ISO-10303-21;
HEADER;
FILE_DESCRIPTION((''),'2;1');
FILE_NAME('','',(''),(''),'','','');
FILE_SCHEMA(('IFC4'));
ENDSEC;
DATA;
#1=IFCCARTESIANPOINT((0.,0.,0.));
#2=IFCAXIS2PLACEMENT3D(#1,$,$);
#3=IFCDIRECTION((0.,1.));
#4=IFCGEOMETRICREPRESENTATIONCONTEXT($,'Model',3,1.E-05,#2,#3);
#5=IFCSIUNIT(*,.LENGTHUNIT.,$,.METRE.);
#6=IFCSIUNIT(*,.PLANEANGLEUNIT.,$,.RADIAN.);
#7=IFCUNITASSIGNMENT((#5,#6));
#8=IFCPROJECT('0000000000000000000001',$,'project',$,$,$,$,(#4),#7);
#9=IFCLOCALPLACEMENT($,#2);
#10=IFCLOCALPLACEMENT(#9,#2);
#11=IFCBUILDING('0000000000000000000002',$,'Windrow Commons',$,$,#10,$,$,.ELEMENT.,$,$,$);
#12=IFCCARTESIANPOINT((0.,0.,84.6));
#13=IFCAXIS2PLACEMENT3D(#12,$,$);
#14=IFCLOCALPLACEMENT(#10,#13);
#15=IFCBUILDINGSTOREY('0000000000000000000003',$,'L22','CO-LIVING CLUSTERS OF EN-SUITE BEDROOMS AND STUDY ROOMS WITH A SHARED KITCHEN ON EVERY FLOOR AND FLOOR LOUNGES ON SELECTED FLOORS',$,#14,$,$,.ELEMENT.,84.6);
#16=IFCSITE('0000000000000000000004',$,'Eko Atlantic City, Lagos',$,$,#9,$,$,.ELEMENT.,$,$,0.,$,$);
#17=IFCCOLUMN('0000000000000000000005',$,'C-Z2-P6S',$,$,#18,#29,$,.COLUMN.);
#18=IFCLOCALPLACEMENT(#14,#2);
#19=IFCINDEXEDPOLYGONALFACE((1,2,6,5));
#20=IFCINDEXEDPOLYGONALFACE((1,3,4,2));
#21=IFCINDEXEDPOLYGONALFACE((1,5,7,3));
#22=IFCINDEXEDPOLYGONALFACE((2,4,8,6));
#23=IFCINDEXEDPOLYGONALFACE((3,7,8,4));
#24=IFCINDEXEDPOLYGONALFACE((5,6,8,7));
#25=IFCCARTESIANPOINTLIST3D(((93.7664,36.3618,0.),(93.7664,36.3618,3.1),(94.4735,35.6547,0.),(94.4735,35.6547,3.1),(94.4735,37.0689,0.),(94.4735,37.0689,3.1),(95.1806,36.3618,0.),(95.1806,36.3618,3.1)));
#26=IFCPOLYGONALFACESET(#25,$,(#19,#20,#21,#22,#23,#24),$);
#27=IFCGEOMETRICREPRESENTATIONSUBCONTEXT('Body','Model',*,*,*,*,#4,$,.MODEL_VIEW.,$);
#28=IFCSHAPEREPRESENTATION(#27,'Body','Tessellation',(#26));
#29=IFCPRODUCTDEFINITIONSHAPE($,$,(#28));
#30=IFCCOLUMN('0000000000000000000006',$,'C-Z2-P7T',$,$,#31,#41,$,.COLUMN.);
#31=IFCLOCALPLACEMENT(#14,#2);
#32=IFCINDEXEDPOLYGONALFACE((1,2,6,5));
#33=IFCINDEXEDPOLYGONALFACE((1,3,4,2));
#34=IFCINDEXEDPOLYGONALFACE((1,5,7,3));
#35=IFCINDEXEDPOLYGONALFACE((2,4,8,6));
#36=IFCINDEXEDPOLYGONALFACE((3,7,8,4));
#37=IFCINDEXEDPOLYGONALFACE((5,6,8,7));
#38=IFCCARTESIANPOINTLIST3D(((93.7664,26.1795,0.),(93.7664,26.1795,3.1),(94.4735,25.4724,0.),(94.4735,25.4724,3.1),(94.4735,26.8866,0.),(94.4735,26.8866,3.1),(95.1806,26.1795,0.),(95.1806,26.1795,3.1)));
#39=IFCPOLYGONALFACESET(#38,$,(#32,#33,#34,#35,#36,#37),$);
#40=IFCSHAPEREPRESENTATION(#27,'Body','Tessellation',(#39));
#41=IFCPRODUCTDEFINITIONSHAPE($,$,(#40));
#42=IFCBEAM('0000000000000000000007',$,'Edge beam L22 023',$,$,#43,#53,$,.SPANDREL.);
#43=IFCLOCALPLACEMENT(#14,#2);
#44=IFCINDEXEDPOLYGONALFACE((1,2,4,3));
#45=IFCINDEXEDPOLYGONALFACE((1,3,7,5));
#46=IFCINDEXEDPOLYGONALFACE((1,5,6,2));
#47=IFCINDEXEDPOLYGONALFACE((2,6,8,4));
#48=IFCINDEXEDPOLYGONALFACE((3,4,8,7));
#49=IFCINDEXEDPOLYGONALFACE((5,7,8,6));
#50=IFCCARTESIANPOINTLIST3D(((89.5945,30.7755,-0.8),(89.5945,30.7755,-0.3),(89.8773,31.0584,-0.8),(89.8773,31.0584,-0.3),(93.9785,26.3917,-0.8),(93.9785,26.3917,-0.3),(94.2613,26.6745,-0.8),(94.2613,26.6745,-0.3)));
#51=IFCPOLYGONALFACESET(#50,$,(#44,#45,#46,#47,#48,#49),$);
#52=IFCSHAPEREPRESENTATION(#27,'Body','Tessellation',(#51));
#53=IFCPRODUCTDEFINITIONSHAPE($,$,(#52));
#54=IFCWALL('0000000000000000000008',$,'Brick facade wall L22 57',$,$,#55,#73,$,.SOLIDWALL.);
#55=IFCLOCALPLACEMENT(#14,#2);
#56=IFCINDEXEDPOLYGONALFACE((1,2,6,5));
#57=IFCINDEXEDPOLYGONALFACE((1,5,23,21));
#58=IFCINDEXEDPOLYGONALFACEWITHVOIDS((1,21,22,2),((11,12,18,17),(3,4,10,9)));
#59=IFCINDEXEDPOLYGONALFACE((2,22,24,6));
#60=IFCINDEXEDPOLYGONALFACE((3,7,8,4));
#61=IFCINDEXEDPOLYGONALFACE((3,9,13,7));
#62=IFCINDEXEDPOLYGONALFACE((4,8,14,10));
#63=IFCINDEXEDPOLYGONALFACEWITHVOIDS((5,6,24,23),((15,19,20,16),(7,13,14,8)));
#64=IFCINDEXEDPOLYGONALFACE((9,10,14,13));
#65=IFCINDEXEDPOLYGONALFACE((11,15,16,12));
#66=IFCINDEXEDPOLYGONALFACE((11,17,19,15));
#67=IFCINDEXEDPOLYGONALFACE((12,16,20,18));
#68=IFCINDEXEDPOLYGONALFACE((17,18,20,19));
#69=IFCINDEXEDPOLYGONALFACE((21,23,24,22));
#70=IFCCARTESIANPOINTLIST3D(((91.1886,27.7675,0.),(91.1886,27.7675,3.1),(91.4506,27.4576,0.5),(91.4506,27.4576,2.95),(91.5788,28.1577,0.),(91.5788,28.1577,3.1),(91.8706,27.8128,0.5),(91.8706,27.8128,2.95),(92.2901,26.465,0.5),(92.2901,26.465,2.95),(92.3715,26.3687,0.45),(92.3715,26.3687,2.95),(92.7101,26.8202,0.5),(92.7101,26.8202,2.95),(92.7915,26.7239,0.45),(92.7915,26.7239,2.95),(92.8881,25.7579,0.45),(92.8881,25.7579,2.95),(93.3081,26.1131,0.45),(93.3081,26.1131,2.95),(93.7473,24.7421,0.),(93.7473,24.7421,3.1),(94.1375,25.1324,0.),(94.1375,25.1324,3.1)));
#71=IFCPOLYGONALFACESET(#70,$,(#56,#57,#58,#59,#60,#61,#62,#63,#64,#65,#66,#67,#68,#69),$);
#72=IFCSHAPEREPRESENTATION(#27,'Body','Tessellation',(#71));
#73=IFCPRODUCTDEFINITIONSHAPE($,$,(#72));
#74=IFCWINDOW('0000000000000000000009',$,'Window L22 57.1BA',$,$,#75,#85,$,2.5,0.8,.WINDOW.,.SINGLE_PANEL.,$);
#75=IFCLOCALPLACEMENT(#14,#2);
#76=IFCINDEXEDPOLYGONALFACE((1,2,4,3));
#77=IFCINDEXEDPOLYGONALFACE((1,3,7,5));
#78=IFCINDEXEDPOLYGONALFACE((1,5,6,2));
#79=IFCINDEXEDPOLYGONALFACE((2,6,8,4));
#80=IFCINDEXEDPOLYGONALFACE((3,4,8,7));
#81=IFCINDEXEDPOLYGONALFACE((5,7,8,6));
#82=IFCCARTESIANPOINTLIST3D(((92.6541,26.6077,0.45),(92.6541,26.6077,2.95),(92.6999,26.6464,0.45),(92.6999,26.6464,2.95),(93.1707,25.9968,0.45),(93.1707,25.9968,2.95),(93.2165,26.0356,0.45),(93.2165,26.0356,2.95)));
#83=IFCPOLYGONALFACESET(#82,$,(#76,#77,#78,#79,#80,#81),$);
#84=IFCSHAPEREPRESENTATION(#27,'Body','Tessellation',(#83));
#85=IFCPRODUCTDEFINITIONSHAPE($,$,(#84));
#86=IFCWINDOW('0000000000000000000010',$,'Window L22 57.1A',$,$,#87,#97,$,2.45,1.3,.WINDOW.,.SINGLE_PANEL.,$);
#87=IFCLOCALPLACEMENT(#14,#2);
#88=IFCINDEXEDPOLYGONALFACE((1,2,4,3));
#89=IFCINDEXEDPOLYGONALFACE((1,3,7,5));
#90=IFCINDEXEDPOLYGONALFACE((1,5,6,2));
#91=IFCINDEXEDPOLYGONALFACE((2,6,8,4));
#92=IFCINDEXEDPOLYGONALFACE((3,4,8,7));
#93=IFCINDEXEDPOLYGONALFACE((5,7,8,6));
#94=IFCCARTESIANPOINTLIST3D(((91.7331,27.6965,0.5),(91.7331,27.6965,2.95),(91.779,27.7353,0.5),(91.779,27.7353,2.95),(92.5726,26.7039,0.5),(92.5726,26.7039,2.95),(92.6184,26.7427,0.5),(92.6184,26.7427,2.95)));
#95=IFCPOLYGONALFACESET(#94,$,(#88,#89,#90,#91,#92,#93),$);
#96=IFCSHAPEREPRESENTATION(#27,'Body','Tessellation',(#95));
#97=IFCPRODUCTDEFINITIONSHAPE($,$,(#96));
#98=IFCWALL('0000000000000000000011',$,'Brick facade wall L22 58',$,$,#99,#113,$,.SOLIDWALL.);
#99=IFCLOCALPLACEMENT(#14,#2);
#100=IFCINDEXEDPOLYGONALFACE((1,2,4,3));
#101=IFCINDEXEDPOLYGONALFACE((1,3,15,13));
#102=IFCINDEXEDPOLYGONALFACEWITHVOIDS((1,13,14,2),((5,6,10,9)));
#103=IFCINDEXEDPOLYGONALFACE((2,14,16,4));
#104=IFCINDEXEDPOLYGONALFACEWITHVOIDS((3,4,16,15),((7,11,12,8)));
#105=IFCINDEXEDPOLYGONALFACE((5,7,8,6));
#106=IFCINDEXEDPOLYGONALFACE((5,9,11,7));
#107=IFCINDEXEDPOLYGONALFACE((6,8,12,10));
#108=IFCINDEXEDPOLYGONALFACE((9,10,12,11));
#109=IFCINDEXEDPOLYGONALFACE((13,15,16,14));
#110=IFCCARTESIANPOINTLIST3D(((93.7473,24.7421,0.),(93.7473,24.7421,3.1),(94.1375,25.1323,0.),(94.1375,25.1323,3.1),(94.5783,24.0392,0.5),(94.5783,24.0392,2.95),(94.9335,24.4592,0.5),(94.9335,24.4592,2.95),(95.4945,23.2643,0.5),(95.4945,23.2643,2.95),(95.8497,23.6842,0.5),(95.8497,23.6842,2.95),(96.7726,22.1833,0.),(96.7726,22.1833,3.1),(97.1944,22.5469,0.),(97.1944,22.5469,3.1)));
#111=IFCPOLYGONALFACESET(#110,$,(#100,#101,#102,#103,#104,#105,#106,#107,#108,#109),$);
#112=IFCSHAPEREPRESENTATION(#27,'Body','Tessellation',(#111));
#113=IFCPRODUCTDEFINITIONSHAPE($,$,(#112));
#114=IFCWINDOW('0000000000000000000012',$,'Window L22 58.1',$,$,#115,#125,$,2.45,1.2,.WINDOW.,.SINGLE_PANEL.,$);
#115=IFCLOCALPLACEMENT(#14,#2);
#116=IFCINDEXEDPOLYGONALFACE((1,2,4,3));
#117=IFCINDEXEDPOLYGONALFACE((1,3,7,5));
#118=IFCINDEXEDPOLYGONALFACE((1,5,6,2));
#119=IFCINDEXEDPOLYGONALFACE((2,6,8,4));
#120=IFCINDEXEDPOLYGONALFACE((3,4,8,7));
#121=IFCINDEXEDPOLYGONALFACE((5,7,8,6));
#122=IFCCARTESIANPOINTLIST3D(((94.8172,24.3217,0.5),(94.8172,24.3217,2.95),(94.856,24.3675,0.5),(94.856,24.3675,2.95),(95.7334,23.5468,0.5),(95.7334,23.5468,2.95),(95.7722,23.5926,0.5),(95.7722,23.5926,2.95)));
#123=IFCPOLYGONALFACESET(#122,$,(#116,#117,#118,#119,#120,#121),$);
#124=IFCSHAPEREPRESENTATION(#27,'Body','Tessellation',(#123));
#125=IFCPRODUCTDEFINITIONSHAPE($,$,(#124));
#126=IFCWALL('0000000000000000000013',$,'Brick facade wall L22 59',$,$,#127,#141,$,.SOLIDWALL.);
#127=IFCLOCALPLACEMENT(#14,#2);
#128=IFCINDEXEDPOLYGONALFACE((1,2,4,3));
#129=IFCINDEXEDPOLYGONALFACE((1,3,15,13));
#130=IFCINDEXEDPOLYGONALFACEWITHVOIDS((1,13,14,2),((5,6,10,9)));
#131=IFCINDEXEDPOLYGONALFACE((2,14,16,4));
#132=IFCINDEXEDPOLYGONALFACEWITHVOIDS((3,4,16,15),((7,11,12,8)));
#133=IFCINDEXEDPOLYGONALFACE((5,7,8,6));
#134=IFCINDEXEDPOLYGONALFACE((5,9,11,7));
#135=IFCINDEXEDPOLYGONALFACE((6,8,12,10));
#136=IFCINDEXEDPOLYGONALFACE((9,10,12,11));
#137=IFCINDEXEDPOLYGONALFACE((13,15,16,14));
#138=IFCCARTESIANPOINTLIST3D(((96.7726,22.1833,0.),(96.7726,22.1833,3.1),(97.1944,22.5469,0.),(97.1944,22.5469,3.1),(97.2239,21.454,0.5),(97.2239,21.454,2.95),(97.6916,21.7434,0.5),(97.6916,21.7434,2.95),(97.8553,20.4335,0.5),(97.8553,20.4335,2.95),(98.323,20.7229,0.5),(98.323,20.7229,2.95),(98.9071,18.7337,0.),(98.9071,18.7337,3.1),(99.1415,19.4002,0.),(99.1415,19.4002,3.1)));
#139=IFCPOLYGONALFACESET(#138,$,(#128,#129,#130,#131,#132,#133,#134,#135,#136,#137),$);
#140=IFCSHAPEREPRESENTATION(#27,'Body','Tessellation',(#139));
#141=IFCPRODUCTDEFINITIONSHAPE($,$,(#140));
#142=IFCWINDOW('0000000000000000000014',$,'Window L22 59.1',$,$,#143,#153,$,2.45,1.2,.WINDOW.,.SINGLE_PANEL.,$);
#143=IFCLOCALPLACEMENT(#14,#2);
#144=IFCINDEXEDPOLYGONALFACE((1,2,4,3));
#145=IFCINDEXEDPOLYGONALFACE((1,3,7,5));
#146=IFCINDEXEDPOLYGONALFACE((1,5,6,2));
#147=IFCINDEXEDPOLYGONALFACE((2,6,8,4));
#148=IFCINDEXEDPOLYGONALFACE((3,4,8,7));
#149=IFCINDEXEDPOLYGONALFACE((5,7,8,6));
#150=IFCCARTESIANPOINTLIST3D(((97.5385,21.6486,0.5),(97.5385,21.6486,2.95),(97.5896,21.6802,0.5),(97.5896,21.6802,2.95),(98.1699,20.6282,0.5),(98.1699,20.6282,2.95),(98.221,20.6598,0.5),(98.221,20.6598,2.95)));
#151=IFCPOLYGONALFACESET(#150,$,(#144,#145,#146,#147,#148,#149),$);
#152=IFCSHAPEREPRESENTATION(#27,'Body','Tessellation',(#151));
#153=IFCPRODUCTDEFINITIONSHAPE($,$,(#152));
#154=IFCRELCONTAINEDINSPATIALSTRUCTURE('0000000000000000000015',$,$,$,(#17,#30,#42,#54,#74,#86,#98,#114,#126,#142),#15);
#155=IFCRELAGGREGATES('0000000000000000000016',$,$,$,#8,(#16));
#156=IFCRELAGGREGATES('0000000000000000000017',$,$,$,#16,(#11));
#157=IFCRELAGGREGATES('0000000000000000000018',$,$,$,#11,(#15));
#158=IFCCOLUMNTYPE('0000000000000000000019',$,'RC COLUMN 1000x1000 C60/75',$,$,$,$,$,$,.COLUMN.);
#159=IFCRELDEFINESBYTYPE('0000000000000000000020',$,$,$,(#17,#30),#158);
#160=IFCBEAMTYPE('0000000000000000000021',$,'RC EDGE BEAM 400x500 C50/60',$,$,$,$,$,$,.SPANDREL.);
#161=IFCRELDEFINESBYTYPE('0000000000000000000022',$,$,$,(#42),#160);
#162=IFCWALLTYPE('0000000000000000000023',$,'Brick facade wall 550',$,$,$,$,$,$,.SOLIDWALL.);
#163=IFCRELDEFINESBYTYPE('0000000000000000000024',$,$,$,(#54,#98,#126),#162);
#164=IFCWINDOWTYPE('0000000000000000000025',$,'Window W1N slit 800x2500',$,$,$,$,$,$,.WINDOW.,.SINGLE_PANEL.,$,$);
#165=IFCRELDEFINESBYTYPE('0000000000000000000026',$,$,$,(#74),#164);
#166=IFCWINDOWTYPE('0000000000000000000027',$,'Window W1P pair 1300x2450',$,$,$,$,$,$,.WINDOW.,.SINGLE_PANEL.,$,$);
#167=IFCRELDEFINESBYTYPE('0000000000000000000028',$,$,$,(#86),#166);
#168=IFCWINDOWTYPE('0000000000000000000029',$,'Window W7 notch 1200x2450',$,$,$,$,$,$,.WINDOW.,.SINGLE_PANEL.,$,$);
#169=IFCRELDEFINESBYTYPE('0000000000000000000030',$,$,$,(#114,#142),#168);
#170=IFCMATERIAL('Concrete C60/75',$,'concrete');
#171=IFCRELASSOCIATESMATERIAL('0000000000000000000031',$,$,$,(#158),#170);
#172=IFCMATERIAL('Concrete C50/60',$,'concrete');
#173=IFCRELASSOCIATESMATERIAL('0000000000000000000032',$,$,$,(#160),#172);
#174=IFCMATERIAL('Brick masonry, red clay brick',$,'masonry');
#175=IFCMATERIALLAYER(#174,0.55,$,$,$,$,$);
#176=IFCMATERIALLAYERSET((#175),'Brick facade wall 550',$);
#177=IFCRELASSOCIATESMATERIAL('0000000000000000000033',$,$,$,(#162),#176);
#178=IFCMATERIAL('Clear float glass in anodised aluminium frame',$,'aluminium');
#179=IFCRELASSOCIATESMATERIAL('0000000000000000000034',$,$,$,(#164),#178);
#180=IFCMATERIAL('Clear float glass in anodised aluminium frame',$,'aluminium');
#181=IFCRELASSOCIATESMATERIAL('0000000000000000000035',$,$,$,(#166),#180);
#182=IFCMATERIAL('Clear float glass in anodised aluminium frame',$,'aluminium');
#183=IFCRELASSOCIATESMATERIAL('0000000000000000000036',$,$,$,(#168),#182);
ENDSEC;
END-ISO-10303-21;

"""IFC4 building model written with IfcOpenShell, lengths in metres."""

from ifc_helpers import new_model, si_unit, direction, frame, frame_2d, origin, origin_2d, place, context, subcontext, project, spatial, polyline, rectangle, outline, extrude, material, layer, layer_set, material_profile, profile_set, type_object, element, fill, save


model = new_model("IFC4")

# Units and contexts
model_context = context("Model", 3, precision=1e-05, world=origin(), true_north=direction((0.0, 1.0)))
body_context = subcontext(model_context, "Body", "Model", "MODEL_VIEW")
ifc_project = project(units=[si_unit("LENGTHUNIT", "METRE"), si_unit("PLANEANGLEUNIT", "RADIAN")], contexts=[model_context])

# Site, building, storey
site_placement = place(None, origin())
site = spatial("IfcSite", under=ifc_project, at=site_placement, Name="Eko Atlantic City, Lagos", CompositionType="ELEMENT", RefElevation=0.0)
building_placement = place(site_placement, origin())
building = spatial("IfcBuilding", under=site, at=building_placement, Name="Windrow Commons", CompositionType="ELEMENT")
storey_placement = place(building_placement, frame((0.0, 0.0, 84.6)))
storey = spatial("IfcBuildingStorey", under=building, at=storey_placement, Name="L22", Description="CO-LIVING CLUSTERS OF EN-SUITE BEDROOMS AND STUDY ROOMS WITH A SHARED KITCHEN ON EVERY FLOOR AND FLOOR LOUNGES ON SELECTED FLOORS", CompositionType="ELEMENT", Elevation=84.6)

# Columns
ifc_material_1 = material(Name="Concrete C60/75", Category="concrete")
ifc_material_profile_1 = material_profile(ifc_material_1, rectangle(XDim=1.0, YDim=1.0, at=origin_2d()))
ifc_profile_set_1 = profile_set([ifc_material_profile_1], Name="Concrete C60/75")
column_type = type_object("IfcColumnType", Name="RC COLUMN 1000x1000 C60/75", PredefinedType="COLUMN", material=ifc_profile_set_1)
for number, where, z_axis, x_axis, name in (
    (1, (94.4735, 36.3618, 0.0), (0.0, 0.0, 1.0), (0.707107, -0.707107, 0.0), "C-Z2-P6S"),
    (2, (94.4735, 26.1795, 0.0), (0.0, 0.0, 1.0), (0.707107, -0.707107, 0.0), "C-Z2-P7T"),
):
    element("IfcColumn", number, at=place(storey_placement, frame(where, z_axis=z_axis, x_axis=x_axis)), inside=storey, type_object=column_type, Name=name, PredefinedType="COLUMN", context=body_context, shape_type="SweptSolid", body=[
        extrude(rectangle(XDim=1.0, YDim=1.0, at=origin_2d()), origin(), (0.0, 0.0, 1.0), 3.1),
    ])

# Beam
ifc_material_2 = material(Name="Concrete C50/60", Category="concrete")
ifc_material_profile_2 = material_profile(ifc_material_2, rectangle(XDim=0.4, YDim=0.5, at=origin_2d()))
ifc_profile_set_2 = profile_set([ifc_material_profile_2], Name="Concrete C50/60")
beam_type = type_object("IfcBeamType", Name="RC EDGE BEAM 400x500 C50/60", PredefinedType="SPANDREL", material=ifc_profile_set_2)
beam_placement = place(storey_placement, frame((94.1199, 26.5331, -0.55), z_axis=(-0.707115, 0.707099, 0.0), x_axis=(-0.707099, -0.707115, 0.0)))
element("IfcBeam", 3, at=beam_placement, inside=storey, type_object=beam_type, Name="Edge beam L22 023", PredefinedType="SPANDREL", context=body_context, shape_type="SweptSolid", body=[
    extrude(rectangle(XDim=0.4, YDim=0.5, at=origin_2d()), origin(), (0.0, 0.0, 1.0), 6.1998),
])

# Wall, openings, windows
ifc_material_3 = material(Name="Brick masonry, red clay brick", Category="masonry")
ifc_layer_1 = layer(ifc_material_3, 0.55)
ifc_layer_set_1 = layer_set([ifc_layer_1], Name="Brick facade wall 550")
wall_type_1 = type_object("IfcWallType", Name="Brick facade wall 550", PredefinedType="SOLIDWALL", material=ifc_layer_set_1)
wall_1_placement = place(storey_placement, frame((91.3837, 27.9626, 0.0), z_axis=(0.0, 0.0, 1.0), x_axis=(0.645758, -0.763542, 0.0)))
wall_1 = element("IfcWall", 4, at=wall_1_placement, inside=storey, type_object=wall_type_1, Name="Brick facade wall L22 57", PredefinedType="SOLIDWALL", context=body_context, shape_type="SweptSolid", body=[
    extrude(outline(polyline([(0.023, -0.275), (3.9853, -0.275), (3.9393, 0.275), (-0.023, 0.275), (0.023, -0.275)])), origin(), (0.0, 0.0, 1.0), 3.1),
])
opening_1_placement = place(wall_1_placement, frame((0.4288, 0.0, 0.5)))
opening_1 = element("IfcOpeningElement", 5, at=opening_1_placement, cuts=wall_1, PredefinedType="OPENING", context=body_context, shape_type="SweptSolid", body=[
    extrude(rectangle(XDim=1.3, YDim=2.45, at=frame_2d((0.65, 1.225))), frame((0.0, 0.285, 0.0), z_axis=(0.0, -1.0, 0.0), x_axis=(1.0, 0.0, 0.0)), (0.0, 0.0, 1.0), 0.57),
])
opening_2_placement = place(wall_1_placement, frame((1.8549, 0.0, 0.45)))
opening_2 = element("IfcOpeningElement", 6, at=opening_2_placement, cuts=wall_1, PredefinedType="OPENING", context=body_context, shape_type="SweptSolid", body=[
    extrude(rectangle(XDim=0.8, YDim=2.5, at=frame_2d((0.4, 1.25))), frame((0.0, 0.285, 0.0), z_axis=(0.0, -1.0, 0.0), x_axis=(1.0, 0.0, 0.0)), (0.0, 0.0, 1.0), 0.57),
])
ifc_material_4 = material(Name="Clear float glass in anodised aluminium frame", Category="aluminium")
window_type_1 = type_object("IfcWindowType", Name="Window W1N slit 800x2500", PartitioningType="SINGLE_PANEL", PredefinedType="WINDOW", material=ifc_material_4)
window_1_placement = place(opening_2_placement, origin())
window_1 = element("IfcWindow", 7, at=window_1_placement, inside=storey, type_object=window_type_1, Name="Window L22 57.1BA", OverallHeight=2.5, OverallWidth=0.8, PartitioningType="SINGLE_PANEL", PredefinedType="WINDOW", context=body_context, shape_type="SweptSolid", body=[
    extrude(rectangle(XDim=0.8, YDim=2.5, at=frame_2d((0.4, 1.25))), frame((0.0, 0.155, 0.0), z_axis=(0.0, -1.0, 0.0), x_axis=(1.0, 0.0, 0.0)), (0.0, 0.0, 1.0), 0.06),
])
fill(opening_2, window_1)
ifc_material_5 = material(Name="Clear float glass in anodised aluminium frame", Category="aluminium")
window_type_2 = type_object("IfcWindowType", Name="Window W1P pair 1300x2450", PartitioningType="SINGLE_PANEL", PredefinedType="WINDOW", material=ifc_material_5)
window_2_placement = place(opening_1_placement, origin())
window_2 = element("IfcWindow", 8, at=window_2_placement, inside=storey, type_object=window_type_2, Name="Window L22 57.1A", OverallHeight=2.45, OverallWidth=1.3, PartitioningType="SINGLE_PANEL", PredefinedType="WINDOW", context=body_context, shape_type="SweptSolid", body=[
    extrude(rectangle(XDim=1.3, YDim=2.45, at=frame_2d((0.65, 1.225))), frame((0.0, 0.155, 0.0), z_axis=(0.0, -1.0, 0.0), x_axis=(1.0, 0.0, 0.0)), (0.0, 0.0, 1.0), 0.06),
])
fill(opening_1, window_2)

# Walls, openings, windows
wall_2_placement = place(storey_placement, frame((93.9424, 24.9372, 0.0), z_axis=(0.0, 0.0, 1.0), x_axis=(0.763527, -0.645776, 0.0)))
wall_2 = element("IfcWall", 9, at=wall_2_placement, inside=storey, type_object=wall_type_1, Name="Brick facade wall L22 58", PredefinedType="SOLIDWALL", context=body_context, shape_type="SweptSolid", body=[
    extrude(outline(polyline([(-0.023, -0.275), (3.9393, -0.275), (4.0266, 0.275), (0.023, 0.275), (-0.023, -0.275)])), origin(), (0.0, 0.0, 1.0), 3.1),
])
opening_3_placement = place(wall_2_placement, frame((1.0654, 0.0, 0.5)))
opening_3 = element("IfcOpeningElement", 10, at=opening_3_placement, cuts=wall_2, PredefinedType="OPENING", context=body_context, shape_type="SweptSolid", body=[
    extrude(rectangle(XDim=1.2, YDim=2.45, at=frame_2d((0.6, 1.225))), frame((0.0, 0.285, 0.0), z_axis=(0.0, -1.0, 0.0), x_axis=(1.0, 0.0, 0.0)), (0.0, 0.0, 1.0), 0.57),
])
ifc_material_6 = material(Name="Clear float glass in anodised aluminium frame", Category="aluminium")
window_type_3 = type_object("IfcWindowType", Name="Window W7 notch 1200x2450", PartitioningType="SINGLE_PANEL", PredefinedType="WINDOW", material=ifc_material_6)
window_3_placement = place(opening_3_placement, origin())
window_3 = element("IfcWindow", 11, at=window_3_placement, inside=storey, type_object=window_type_3, Name="Window L22 58.1", OverallHeight=2.45, OverallWidth=1.2, PartitioningType="SINGLE_PANEL", PredefinedType="WINDOW", context=body_context, shape_type="SweptSolid", body=[
    extrude(rectangle(XDim=1.2, YDim=2.45, at=frame_2d((0.6, 1.225))), frame((0.0, 0.155, 0.0), z_axis=(0.0, -1.0, 0.0), x_axis=(1.0, 0.0, 0.0)), (0.0, 0.0, 1.0), 0.06),
])
fill(opening_3, window_3)
wall_3_placement = place(storey_placement, frame((96.9835, 22.3651, 0.0), z_axis=(0.0, 0.0, 1.0), x_axis=(0.526179, -0.850374, 0.0)))
wall_3 = element("IfcWall", 12, at=wall_3_placement, inside=storey, type_object=wall_type_1, Name="Brick facade wall L22 59", PredefinedType="SOLIDWALL", context=body_context, shape_type="SweptSolid", body=[
    extrude(outline(polyline([(0.0436, -0.275), (4.1002, -0.275), (3.6568, 0.275), (-0.0436, 0.275), (0.0436, -0.275)])), origin(), (0.0, 0.0, 1.0), 3.1),
])
opening_4_placement = place(wall_3_placement, frame((0.9013, 0.0, 0.5)))
opening_4 = element("IfcOpeningElement", 13, at=opening_4_placement, cuts=wall_3, PredefinedType="OPENING", context=body_context, shape_type="SweptSolid", body=[
    extrude(rectangle(XDim=1.2, YDim=2.45, at=frame_2d((0.6, 1.225))), frame((0.0, 0.285, 0.0), z_axis=(0.0, -1.0, 0.0), x_axis=(1.0, 0.0, 0.0)), (0.0, 0.0, 1.0), 0.57),
])
window_4_placement = place(opening_4_placement, origin())
window_4 = element("IfcWindow", 14, at=window_4_placement, inside=storey, type_object=window_type_3, Name="Window L22 59.1", OverallHeight=2.45, OverallWidth=1.2, PartitioningType="SINGLE_PANEL", PredefinedType="WINDOW", context=body_context, shape_type="SweptSolid", body=[
    extrude(rectangle(XDim=1.2, YDim=2.45, at=frame_2d((0.6, 1.225))), frame((0.0, 0.155, 0.0), z_axis=(0.0, -1.0, 0.0), x_axis=(1.0, 0.0, 0.0)), (0.0, 0.0, 1.0), 0.06),
])
fill(opening_4, window_4)

save(model, "model.ifc")
